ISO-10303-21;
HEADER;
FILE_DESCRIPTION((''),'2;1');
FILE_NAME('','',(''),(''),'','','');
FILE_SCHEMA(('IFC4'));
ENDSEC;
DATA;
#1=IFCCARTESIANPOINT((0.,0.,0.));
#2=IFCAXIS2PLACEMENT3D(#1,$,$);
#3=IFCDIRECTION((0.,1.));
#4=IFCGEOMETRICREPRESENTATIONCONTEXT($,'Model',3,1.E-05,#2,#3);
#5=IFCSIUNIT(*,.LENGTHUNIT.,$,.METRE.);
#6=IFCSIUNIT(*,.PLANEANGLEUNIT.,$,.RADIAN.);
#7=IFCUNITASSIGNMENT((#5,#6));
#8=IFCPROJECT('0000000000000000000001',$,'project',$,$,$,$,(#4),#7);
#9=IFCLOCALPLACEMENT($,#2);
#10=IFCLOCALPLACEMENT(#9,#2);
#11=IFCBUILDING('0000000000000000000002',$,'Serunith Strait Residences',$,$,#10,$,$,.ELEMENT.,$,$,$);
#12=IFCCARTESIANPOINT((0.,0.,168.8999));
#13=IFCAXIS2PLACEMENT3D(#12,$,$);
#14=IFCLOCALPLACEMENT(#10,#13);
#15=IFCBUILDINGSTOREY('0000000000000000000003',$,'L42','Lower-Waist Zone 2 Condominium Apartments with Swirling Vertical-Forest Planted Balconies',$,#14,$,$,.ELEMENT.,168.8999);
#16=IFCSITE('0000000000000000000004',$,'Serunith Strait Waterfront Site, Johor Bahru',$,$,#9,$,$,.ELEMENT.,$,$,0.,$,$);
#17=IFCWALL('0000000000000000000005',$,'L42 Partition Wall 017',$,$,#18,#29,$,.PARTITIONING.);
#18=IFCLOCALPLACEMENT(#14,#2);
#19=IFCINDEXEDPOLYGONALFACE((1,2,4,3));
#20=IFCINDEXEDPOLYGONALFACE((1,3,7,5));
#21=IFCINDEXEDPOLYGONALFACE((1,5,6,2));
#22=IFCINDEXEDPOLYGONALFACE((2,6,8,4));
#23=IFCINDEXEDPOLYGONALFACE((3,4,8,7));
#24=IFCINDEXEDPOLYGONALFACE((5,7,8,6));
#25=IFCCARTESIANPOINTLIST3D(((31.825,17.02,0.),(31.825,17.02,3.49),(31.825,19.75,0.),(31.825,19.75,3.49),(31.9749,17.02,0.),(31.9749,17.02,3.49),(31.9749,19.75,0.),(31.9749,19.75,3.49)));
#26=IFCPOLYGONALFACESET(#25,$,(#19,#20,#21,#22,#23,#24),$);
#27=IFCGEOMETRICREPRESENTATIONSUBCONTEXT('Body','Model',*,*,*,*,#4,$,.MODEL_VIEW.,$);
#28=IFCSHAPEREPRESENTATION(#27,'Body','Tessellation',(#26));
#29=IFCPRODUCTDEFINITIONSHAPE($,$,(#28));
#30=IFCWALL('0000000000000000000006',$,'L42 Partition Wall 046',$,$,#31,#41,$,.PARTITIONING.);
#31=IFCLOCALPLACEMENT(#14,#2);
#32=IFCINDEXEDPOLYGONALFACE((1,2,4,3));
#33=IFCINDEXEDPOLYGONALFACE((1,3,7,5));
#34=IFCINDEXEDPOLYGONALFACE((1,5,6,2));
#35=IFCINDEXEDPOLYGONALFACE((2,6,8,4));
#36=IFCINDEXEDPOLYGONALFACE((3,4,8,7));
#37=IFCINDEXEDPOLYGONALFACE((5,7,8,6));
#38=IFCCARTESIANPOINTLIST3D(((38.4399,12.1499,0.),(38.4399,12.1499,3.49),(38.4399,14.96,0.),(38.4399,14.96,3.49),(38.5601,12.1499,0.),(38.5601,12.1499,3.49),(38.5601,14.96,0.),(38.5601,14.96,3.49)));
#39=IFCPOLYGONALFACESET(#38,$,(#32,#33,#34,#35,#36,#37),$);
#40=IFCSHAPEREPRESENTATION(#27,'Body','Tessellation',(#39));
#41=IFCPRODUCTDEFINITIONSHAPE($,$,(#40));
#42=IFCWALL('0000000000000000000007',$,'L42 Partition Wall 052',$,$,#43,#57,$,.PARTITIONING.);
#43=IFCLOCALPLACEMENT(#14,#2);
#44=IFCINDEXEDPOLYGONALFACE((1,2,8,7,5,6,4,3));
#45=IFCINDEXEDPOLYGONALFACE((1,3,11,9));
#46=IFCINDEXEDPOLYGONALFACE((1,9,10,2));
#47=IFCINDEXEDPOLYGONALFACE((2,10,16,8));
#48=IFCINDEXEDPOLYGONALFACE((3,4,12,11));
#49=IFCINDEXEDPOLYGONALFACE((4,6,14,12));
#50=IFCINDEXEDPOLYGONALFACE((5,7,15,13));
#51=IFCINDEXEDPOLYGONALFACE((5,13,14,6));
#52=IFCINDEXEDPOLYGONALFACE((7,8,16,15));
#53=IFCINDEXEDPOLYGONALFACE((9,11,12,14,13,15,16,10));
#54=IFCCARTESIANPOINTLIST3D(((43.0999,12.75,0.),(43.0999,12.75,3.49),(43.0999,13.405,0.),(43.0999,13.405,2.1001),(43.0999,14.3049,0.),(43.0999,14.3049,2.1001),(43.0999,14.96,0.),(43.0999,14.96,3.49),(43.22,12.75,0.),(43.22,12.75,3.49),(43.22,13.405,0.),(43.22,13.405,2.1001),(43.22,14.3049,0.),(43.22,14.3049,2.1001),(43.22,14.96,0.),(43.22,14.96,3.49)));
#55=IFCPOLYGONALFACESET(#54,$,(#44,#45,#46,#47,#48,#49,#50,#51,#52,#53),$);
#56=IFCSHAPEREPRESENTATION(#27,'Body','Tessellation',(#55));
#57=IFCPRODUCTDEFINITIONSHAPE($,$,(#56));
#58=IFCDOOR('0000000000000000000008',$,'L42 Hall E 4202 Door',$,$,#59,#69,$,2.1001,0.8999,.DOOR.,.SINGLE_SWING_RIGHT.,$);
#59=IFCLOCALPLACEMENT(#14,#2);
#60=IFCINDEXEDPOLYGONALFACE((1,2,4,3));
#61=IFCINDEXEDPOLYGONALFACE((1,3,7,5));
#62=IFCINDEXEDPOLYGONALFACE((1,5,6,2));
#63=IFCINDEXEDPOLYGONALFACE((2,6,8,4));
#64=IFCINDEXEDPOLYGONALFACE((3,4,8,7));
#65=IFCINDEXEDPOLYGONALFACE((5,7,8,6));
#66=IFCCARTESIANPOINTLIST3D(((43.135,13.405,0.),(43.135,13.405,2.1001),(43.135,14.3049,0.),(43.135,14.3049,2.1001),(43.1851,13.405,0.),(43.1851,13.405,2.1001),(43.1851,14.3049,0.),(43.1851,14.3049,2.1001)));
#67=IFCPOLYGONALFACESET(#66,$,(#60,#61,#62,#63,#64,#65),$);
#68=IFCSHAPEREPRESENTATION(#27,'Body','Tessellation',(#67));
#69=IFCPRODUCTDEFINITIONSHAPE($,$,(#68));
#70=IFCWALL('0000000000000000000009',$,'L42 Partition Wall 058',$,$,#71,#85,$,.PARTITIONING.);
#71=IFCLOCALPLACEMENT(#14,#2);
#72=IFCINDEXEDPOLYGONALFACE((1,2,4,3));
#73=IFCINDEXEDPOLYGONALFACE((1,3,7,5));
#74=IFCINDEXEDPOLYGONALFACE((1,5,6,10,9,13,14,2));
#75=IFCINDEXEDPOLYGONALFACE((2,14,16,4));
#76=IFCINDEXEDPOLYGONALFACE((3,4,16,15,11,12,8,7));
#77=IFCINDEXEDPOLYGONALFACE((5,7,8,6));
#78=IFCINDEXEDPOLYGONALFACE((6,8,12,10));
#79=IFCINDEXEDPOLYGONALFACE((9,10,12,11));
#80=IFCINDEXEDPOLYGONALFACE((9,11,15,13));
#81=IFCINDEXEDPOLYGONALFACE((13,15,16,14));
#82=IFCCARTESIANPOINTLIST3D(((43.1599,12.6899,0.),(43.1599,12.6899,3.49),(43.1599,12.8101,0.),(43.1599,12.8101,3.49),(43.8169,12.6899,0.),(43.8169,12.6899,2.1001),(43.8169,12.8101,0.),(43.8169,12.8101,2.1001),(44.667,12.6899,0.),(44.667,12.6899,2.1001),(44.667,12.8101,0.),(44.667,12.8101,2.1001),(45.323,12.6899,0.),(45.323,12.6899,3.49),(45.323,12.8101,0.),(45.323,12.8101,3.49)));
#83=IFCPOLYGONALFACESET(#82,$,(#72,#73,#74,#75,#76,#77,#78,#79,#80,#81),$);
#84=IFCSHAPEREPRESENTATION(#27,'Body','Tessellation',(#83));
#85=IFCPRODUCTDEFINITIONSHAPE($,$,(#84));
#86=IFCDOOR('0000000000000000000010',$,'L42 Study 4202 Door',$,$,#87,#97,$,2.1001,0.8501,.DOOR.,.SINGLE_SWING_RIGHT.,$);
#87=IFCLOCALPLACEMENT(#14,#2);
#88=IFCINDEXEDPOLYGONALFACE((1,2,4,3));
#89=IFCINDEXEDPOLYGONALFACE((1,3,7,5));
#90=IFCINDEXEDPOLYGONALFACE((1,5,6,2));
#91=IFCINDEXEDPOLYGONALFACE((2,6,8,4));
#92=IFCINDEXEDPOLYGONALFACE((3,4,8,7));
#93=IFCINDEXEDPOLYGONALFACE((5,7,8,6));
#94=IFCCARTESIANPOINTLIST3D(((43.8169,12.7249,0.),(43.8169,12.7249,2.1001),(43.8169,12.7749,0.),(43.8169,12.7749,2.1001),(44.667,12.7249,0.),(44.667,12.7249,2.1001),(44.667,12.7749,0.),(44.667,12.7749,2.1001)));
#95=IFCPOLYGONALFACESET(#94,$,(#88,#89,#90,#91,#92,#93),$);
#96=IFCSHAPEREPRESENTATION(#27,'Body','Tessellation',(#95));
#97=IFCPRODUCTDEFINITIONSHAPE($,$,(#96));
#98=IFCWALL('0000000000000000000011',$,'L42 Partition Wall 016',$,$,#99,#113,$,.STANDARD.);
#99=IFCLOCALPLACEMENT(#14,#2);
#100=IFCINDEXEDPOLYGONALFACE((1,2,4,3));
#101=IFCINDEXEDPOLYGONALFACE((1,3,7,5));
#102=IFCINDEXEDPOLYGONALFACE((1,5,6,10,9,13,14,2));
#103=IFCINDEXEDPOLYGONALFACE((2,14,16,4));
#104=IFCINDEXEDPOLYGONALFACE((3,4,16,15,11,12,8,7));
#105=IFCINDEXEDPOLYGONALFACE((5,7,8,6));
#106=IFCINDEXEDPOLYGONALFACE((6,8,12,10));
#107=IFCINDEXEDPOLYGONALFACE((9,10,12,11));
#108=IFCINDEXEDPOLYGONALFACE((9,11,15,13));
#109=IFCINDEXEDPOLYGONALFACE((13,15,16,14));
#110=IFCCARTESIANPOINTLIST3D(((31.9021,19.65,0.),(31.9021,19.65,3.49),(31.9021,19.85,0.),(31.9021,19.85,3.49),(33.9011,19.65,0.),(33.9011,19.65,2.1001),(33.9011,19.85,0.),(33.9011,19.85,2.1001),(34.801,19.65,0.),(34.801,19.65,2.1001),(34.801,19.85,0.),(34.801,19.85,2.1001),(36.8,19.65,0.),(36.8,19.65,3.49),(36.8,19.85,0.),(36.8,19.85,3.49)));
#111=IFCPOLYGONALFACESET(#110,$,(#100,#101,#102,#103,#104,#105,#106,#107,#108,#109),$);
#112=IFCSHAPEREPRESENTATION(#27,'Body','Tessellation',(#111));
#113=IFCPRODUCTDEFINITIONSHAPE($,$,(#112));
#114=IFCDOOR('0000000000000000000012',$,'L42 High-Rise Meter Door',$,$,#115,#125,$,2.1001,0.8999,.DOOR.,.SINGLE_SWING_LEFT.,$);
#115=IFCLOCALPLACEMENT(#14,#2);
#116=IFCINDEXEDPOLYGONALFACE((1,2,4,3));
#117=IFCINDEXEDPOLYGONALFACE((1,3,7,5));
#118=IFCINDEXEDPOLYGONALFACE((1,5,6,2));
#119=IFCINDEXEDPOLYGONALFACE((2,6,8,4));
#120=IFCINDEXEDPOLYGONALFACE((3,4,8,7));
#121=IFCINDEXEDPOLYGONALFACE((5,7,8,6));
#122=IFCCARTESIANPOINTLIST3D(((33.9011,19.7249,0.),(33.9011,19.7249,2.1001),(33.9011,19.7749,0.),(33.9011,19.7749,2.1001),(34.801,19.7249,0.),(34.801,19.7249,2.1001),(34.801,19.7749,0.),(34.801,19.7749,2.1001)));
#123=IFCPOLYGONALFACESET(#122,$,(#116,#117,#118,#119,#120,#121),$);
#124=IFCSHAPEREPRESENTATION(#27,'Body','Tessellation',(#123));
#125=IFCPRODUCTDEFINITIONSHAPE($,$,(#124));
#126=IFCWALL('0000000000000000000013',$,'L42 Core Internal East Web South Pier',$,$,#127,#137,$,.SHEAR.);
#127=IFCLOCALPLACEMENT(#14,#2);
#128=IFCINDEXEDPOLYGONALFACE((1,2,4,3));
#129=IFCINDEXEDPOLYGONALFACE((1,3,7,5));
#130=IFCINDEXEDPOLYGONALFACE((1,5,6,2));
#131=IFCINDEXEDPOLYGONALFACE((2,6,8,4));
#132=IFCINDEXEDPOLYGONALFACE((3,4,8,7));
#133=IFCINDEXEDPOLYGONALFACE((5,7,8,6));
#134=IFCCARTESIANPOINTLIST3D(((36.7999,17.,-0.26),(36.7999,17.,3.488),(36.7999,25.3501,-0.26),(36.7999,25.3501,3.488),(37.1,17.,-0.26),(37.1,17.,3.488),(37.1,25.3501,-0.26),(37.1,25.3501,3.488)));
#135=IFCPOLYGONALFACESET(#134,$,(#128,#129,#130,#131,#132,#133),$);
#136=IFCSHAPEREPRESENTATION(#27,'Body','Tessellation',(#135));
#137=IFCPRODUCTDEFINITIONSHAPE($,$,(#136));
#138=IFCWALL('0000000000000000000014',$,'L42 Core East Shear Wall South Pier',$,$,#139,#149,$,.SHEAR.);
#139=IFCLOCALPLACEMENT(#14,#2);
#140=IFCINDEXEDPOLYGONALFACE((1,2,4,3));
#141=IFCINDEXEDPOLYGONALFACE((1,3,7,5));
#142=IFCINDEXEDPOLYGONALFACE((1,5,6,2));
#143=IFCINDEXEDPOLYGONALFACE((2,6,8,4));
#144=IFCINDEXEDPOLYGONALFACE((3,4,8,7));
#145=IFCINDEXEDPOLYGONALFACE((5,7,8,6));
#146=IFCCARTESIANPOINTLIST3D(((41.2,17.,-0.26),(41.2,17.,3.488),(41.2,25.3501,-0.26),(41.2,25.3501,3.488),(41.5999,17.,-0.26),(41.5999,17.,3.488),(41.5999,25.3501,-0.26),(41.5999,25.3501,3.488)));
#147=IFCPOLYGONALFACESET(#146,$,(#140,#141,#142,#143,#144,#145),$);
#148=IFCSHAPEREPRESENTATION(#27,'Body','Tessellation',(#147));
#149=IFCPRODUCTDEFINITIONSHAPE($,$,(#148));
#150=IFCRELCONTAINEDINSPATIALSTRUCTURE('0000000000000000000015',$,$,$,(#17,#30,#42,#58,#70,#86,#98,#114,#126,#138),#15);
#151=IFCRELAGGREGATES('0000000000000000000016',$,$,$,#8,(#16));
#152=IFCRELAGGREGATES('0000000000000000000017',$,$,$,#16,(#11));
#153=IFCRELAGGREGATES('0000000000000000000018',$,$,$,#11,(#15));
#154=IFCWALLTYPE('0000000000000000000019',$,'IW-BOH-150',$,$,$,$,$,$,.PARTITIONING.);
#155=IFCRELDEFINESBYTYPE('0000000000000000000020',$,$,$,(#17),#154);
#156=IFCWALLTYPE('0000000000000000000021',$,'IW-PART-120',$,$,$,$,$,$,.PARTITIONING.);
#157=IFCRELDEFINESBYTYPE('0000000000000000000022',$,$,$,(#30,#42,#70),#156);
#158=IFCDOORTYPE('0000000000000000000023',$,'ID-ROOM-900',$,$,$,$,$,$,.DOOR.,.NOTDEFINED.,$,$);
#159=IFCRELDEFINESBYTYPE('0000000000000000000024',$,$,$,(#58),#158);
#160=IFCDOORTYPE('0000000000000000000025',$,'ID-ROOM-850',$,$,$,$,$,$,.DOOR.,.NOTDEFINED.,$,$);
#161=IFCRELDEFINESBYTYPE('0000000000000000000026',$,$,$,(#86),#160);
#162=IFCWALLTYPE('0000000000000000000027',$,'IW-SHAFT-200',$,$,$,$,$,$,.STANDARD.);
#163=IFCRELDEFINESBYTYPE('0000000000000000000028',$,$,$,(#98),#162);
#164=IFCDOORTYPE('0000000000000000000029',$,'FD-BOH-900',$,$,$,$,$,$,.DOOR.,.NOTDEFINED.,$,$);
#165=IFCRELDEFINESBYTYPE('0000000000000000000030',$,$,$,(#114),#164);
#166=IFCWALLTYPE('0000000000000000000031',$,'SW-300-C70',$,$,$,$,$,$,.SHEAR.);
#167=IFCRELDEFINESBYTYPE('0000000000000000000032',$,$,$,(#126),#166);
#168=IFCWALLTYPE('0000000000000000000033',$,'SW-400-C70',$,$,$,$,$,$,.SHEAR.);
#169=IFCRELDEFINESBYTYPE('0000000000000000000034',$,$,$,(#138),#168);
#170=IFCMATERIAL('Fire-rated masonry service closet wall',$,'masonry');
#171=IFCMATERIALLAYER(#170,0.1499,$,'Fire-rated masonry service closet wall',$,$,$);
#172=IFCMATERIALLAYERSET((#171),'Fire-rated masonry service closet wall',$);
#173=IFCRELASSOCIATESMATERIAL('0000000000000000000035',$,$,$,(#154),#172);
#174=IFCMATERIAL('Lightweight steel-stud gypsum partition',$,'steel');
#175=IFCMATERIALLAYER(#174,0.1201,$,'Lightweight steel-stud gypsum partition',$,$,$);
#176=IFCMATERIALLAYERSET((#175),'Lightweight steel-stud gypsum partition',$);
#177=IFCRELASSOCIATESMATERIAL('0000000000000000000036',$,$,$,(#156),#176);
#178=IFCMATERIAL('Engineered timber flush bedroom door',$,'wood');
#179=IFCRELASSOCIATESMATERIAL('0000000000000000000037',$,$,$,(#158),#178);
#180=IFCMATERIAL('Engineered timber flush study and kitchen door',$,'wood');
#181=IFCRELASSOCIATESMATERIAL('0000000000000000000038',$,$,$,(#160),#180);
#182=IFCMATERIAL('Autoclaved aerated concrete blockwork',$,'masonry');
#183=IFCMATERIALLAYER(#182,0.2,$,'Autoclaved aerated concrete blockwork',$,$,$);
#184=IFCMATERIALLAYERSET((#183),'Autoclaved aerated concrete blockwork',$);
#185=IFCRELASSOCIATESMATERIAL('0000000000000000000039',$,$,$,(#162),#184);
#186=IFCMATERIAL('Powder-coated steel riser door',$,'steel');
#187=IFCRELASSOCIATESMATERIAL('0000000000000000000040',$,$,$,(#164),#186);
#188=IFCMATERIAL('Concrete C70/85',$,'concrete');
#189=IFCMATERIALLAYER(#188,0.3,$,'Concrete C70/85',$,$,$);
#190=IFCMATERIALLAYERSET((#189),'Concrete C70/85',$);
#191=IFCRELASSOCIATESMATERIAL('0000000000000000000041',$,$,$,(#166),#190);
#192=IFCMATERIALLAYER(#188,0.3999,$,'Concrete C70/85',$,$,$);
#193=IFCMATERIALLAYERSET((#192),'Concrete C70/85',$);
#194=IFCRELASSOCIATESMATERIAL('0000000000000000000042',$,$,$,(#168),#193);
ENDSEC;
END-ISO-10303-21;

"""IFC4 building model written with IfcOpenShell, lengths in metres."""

from ifc_helpers import new_model, si_unit, direction, frame, frame_2d, origin, place, context, subcontext, project, spatial, rectangle, extrude, source, transform, mapped, material, layer, layer_set, type_object, element, fill, save


model = new_model("IFC4")

# Units and contexts
model_context = context("Model", 3, precision=1e-05, world=origin(), true_north=direction((0.0, 1.0)))
body_context = subcontext(model_context, "Body", "Model", "MODEL_VIEW")
ifc_project = project(units=[si_unit("LENGTHUNIT", "METRE"), si_unit("PLANEANGLEUNIT", "RADIAN")], contexts=[model_context])

# Site, building, storey
site_placement = place(None, origin())
site = spatial("IfcSite", under=ifc_project, at=site_placement, Name="Serunith Strait Waterfront Site, Johor Bahru", CompositionType="ELEMENT", RefElevation=0.0)
building_placement = place(site_placement, origin())
building = spatial("IfcBuilding", under=site, at=building_placement, Name="Serunith Strait Residences", CompositionType="ELEMENT")
storey_placement = place(building_placement, frame((0.0, 0.0, 168.8999)))
storey = spatial("IfcBuildingStorey", under=building, at=storey_placement, Name="L42", Description="Lower-Waist Zone 2 Condominium Apartments with Swirling Vertical-Forest Planted Balconies", CompositionType="ELEMENT", Elevation=168.8999)

# Walls
ifc_material_1 = material(Name="Fire-rated masonry service closet wall", Category="masonry")
ifc_layer_1 = layer(ifc_material_1, 0.1499, Name="Fire-rated masonry service closet wall")
ifc_layer_set_1 = layer_set([ifc_layer_1], Name="Fire-rated masonry service closet wall")
wall_type_1 = type_object("IfcWallType", Name="IW-BOH-150", PredefinedType="PARTITIONING", material=ifc_layer_set_1)
wall_1_placement = place(storey_placement, frame((31.8999, 17.02, 0.0), z_axis=(0.0, 0.0, 1.0), x_axis=(0.0, 1.0, 0.0)))
element("IfcWall", 1, at=wall_1_placement, inside=storey, type_object=wall_type_1, Name="L42 Partition Wall 017", PredefinedType="PARTITIONING", context=body_context, shape_type="SweptSolid", body=[
    extrude(rectangle(XDim=2.73, YDim=0.1499, at=frame_2d((1.365, 0.0))), origin(), (0.0, 0.0, 1.0), 3.49),
])
ifc_material_2 = material(Name="Lightweight steel-stud gypsum partition", Category="steel")
ifc_layer_2 = layer(ifc_material_2, 0.1201, Name="Lightweight steel-stud gypsum partition")
ifc_layer_set_2 = layer_set([ifc_layer_2], Name="Lightweight steel-stud gypsum partition")
wall_type_2 = type_object("IfcWallType", Name="IW-PART-120", PredefinedType="PARTITIONING", material=ifc_layer_set_2)
wall_2_placement = place(storey_placement, frame((38.5, 12.1499, 0.0), z_axis=(0.0, 0.0, 1.0), x_axis=(0.0, 1.0, 0.0)))
element("IfcWall", 2, at=wall_2_placement, inside=storey, type_object=wall_type_2, Name="L42 Partition Wall 046", PredefinedType="PARTITIONING", context=body_context, shape_type="SweptSolid", body=[
    extrude(rectangle(XDim=2.8101, YDim=0.1201, at=frame_2d((1.405, 0.0))), origin(), (0.0, 0.0, 1.0), 3.49),
])

# Walls, openings, doors
wall_3_placement = place(storey_placement, frame((43.1599, 12.75, 0.0), z_axis=(0.0, 0.0, 1.0), x_axis=(0.0, 1.0, 0.0)))
wall_3 = element("IfcWall", 3, at=wall_3_placement, inside=storey, type_object=wall_type_2, Name="L42 Partition Wall 052", PredefinedType="PARTITIONING", context=body_context, shape_type="SweptSolid", body=[
    extrude(rectangle(XDim=2.21, YDim=0.1201, at=frame_2d((1.105, 0.0))), origin(), (0.0, 0.0, 1.0), 3.49),
])
opening_1_placement = place(wall_3_placement, frame((0.655, 0.0, 0.0)))
opening_1 = element("IfcOpeningElement", 4, at=opening_1_placement, cuts=wall_3, PredefinedType="OPENING", context=body_context, shape_type="SweptSolid", body=[
    extrude(rectangle(XDim=0.8999, YDim=2.1001, at=frame_2d((0.45, 1.05))), frame((0.0, 0.0701, 0.0), z_axis=(0.0, -1.0, 0.0), x_axis=(1.0, 0.0, 0.0)), (0.0, 0.0, 1.0), 0.1401),
])
ifc_material_3 = material(Name="Engineered timber flush bedroom door", Category="wood")
door_type_1 = type_object("IfcDoorType", Name="ID-ROOM-900", OperationType="NOTDEFINED", PredefinedType="DOOR", material=ifc_material_3)
shared_shape_1 = source(origin(), body_context, "Body", "SweptSolid", [
    extrude(rectangle(XDim=0.8999, YDim=2.1001, at=frame_2d((0.45, 1.05))), frame((0.0, 0.0249, 0.0), z_axis=(0.0, -1.0, 0.0), x_axis=(1.0, 0.0, 0.0)), (0.0, 0.0, 1.0), 0.05),
])
door_1_placement = place(opening_1_placement, origin())
door_1 = element("IfcDoor", 5, at=door_1_placement, inside=storey, type_object=door_type_1, Name="L42 Hall E 4202 Door", OperationType="SINGLE_SWING_RIGHT", OverallHeight=2.1001, OverallWidth=0.8999, PredefinedType="DOOR", context=body_context, shape_type="MappedRepresentation", body=[
    mapped(shared_shape_1, transform((0.0, 0.0, 0.0), scale=1.0)),
])
fill(opening_1, door_1)
wall_4_placement = place(storey_placement, frame((43.1599, 12.75, 0.0), z_axis=(0.0, 0.0, 1.0), x_axis=(1.0, 0.0, 0.0)))
wall_4 = element("IfcWall", 6, at=wall_4_placement, inside=storey, type_object=wall_type_2, Name="L42 Partition Wall 058", PredefinedType="PARTITIONING", context=body_context, shape_type="SweptSolid", body=[
    extrude(rectangle(XDim=2.1631, YDim=0.1201, at=frame_2d((1.0815, 0.0))), origin(), (0.0, 0.0, 1.0), 3.49),
])
opening_2_placement = place(wall_4_placement, frame((0.657, 0.0, 0.0)))
opening_2 = element("IfcOpeningElement", 7, at=opening_2_placement, cuts=wall_4, PredefinedType="OPENING", context=body_context, shape_type="SweptSolid", body=[
    extrude(rectangle(XDim=0.8501, YDim=2.1001, at=frame_2d((0.425, 1.05))), frame((0.0, 0.0701, 0.0), z_axis=(0.0, -1.0, 0.0), x_axis=(1.0, 0.0, 0.0)), (0.0, 0.0, 1.0), 0.1401),
])
ifc_material_4 = material(Name="Engineered timber flush study and kitchen door", Category="wood")
door_type_2 = type_object("IfcDoorType", Name="ID-ROOM-850", OperationType="NOTDEFINED", PredefinedType="DOOR", material=ifc_material_4)
shared_shape_2 = source(origin(), body_context, "Body", "SweptSolid", [
    extrude(rectangle(XDim=0.8501, YDim=2.1001, at=frame_2d((0.425, 1.05))), frame((0.0, 0.0249, 0.0), z_axis=(0.0, -1.0, 0.0), x_axis=(1.0, 0.0, 0.0)), (0.0, 0.0, 1.0), 0.05),
])
door_2_placement = place(opening_2_placement, origin())
door_2 = element("IfcDoor", 8, at=door_2_placement, inside=storey, type_object=door_type_2, Name="L42 Study 4202 Door", OperationType="SINGLE_SWING_RIGHT", OverallHeight=2.1001, OverallWidth=0.8501, PredefinedType="DOOR", context=body_context, shape_type="MappedRepresentation", body=[
    mapped(shared_shape_2, transform((0.0, 0.0, 0.0), scale=1.0)),
])
fill(opening_2, door_2)
ifc_material_5 = material(Name="Autoclaved aerated concrete blockwork", Category="masonry")
ifc_layer_3 = layer(ifc_material_5, 0.2, Name="Autoclaved aerated concrete blockwork")
ifc_layer_set_3 = layer_set([ifc_layer_3], Name="Autoclaved aerated concrete blockwork")
wall_type_3 = type_object("IfcWallType", Name="IW-SHAFT-200", PredefinedType="STANDARD", material=ifc_layer_set_3)
wall_5_placement = place(storey_placement, frame((31.9021, 19.75, 0.0), z_axis=(0.0, 0.0, 1.0), x_axis=(1.0, 0.0, 0.0)))
wall_5 = element("IfcWall", 9, at=wall_5_placement, inside=storey, type_object=wall_type_3, Name="L42 Partition Wall 016", PredefinedType="STANDARD", context=body_context, shape_type="SweptSolid", body=[
    extrude(rectangle(XDim=4.8979, YDim=0.2, at=frame_2d((2.449, 0.0))), origin(), (0.0, 0.0, 1.0), 3.49),
])
opening_3_placement = place(wall_5_placement, frame((1.999, 0.0, 0.0)))
opening_3 = element("IfcOpeningElement", 10, at=opening_3_placement, cuts=wall_5, PredefinedType="OPENING", context=body_context, shape_type="SweptSolid", body=[
    extrude(rectangle(XDim=0.8999, YDim=2.1001, at=frame_2d((0.45, 1.05))), frame((0.0, 0.1099, 0.0), z_axis=(0.0, -1.0, 0.0), x_axis=(1.0, 0.0, 0.0)), (0.0, 0.0, 1.0), 0.22),
])
ifc_material_6 = material(Name="Powder-coated steel riser door", Category="steel")
door_type_3 = type_object("IfcDoorType", Name="FD-BOH-900", OperationType="NOTDEFINED", PredefinedType="DOOR", material=ifc_material_6)
door_3_placement = place(opening_3_placement, origin())
door_3 = element("IfcDoor", 11, at=door_3_placement, inside=storey, type_object=door_type_3, Name="L42 High-Rise Meter Door", OperationType="SINGLE_SWING_LEFT", OverallHeight=2.1001, OverallWidth=0.8999, PredefinedType="DOOR", context=body_context, shape_type="MappedRepresentation", body=[
    mapped(shared_shape_1, transform((0.0, 0.0, 0.0), scale=1.0)),
])
fill(opening_3, door_3)

# Walls
ifc_material_7 = material(Name="Concrete C70/85", Category="concrete")
ifc_layer_4 = layer(ifc_material_7, 0.3, Name="Concrete C70/85")
ifc_layer_set_4 = layer_set([ifc_layer_4], Name="Concrete C70/85")
wall_type_4 = type_object("IfcWallType", Name="SW-300-C70", PredefinedType="SHEAR", material=ifc_layer_set_4)
wall_6_placement = place(storey_placement, frame((36.95, 17.0, -0.26), z_axis=(0.0, 0.0, 1.0), x_axis=(0.0, 1.0, 0.0)))
element("IfcWall", 12, at=wall_6_placement, inside=storey, type_object=wall_type_4, Name="L42 Core Internal East Web South Pier", PredefinedType="SHEAR", context=body_context, shape_type="SweptSolid", body=[
    extrude(rectangle(XDim=8.3501, YDim=0.3, at=frame_2d((4.175, 0.0))), origin(), (0.0, 0.0, 1.0), 3.748),
])
ifc_layer_5 = layer(ifc_material_7, 0.3999, Name="Concrete C70/85")
ifc_layer_set_5 = layer_set([ifc_layer_5], Name="Concrete C70/85")
wall_type_5 = type_object("IfcWallType", Name="SW-400-C70", PredefinedType="SHEAR", material=ifc_layer_set_5)
wall_7_placement = place(storey_placement, frame((41.3999, 17.0, -0.26), z_axis=(0.0, 0.0, 1.0), x_axis=(0.0, 1.0, 0.0)))
element("IfcWall", 13, at=wall_7_placement, inside=storey, type_object=wall_type_5, Name="L42 Core East Shear Wall South Pier", PredefinedType="SHEAR", context=body_context, shape_type="SweptSolid", body=[
    extrude(rectangle(XDim=8.3501, YDim=0.3999, at=frame_2d((4.175, 0.0))), origin(), (0.0, 0.0, 1.0), 3.748),
])

save(model, "model.ifc")
